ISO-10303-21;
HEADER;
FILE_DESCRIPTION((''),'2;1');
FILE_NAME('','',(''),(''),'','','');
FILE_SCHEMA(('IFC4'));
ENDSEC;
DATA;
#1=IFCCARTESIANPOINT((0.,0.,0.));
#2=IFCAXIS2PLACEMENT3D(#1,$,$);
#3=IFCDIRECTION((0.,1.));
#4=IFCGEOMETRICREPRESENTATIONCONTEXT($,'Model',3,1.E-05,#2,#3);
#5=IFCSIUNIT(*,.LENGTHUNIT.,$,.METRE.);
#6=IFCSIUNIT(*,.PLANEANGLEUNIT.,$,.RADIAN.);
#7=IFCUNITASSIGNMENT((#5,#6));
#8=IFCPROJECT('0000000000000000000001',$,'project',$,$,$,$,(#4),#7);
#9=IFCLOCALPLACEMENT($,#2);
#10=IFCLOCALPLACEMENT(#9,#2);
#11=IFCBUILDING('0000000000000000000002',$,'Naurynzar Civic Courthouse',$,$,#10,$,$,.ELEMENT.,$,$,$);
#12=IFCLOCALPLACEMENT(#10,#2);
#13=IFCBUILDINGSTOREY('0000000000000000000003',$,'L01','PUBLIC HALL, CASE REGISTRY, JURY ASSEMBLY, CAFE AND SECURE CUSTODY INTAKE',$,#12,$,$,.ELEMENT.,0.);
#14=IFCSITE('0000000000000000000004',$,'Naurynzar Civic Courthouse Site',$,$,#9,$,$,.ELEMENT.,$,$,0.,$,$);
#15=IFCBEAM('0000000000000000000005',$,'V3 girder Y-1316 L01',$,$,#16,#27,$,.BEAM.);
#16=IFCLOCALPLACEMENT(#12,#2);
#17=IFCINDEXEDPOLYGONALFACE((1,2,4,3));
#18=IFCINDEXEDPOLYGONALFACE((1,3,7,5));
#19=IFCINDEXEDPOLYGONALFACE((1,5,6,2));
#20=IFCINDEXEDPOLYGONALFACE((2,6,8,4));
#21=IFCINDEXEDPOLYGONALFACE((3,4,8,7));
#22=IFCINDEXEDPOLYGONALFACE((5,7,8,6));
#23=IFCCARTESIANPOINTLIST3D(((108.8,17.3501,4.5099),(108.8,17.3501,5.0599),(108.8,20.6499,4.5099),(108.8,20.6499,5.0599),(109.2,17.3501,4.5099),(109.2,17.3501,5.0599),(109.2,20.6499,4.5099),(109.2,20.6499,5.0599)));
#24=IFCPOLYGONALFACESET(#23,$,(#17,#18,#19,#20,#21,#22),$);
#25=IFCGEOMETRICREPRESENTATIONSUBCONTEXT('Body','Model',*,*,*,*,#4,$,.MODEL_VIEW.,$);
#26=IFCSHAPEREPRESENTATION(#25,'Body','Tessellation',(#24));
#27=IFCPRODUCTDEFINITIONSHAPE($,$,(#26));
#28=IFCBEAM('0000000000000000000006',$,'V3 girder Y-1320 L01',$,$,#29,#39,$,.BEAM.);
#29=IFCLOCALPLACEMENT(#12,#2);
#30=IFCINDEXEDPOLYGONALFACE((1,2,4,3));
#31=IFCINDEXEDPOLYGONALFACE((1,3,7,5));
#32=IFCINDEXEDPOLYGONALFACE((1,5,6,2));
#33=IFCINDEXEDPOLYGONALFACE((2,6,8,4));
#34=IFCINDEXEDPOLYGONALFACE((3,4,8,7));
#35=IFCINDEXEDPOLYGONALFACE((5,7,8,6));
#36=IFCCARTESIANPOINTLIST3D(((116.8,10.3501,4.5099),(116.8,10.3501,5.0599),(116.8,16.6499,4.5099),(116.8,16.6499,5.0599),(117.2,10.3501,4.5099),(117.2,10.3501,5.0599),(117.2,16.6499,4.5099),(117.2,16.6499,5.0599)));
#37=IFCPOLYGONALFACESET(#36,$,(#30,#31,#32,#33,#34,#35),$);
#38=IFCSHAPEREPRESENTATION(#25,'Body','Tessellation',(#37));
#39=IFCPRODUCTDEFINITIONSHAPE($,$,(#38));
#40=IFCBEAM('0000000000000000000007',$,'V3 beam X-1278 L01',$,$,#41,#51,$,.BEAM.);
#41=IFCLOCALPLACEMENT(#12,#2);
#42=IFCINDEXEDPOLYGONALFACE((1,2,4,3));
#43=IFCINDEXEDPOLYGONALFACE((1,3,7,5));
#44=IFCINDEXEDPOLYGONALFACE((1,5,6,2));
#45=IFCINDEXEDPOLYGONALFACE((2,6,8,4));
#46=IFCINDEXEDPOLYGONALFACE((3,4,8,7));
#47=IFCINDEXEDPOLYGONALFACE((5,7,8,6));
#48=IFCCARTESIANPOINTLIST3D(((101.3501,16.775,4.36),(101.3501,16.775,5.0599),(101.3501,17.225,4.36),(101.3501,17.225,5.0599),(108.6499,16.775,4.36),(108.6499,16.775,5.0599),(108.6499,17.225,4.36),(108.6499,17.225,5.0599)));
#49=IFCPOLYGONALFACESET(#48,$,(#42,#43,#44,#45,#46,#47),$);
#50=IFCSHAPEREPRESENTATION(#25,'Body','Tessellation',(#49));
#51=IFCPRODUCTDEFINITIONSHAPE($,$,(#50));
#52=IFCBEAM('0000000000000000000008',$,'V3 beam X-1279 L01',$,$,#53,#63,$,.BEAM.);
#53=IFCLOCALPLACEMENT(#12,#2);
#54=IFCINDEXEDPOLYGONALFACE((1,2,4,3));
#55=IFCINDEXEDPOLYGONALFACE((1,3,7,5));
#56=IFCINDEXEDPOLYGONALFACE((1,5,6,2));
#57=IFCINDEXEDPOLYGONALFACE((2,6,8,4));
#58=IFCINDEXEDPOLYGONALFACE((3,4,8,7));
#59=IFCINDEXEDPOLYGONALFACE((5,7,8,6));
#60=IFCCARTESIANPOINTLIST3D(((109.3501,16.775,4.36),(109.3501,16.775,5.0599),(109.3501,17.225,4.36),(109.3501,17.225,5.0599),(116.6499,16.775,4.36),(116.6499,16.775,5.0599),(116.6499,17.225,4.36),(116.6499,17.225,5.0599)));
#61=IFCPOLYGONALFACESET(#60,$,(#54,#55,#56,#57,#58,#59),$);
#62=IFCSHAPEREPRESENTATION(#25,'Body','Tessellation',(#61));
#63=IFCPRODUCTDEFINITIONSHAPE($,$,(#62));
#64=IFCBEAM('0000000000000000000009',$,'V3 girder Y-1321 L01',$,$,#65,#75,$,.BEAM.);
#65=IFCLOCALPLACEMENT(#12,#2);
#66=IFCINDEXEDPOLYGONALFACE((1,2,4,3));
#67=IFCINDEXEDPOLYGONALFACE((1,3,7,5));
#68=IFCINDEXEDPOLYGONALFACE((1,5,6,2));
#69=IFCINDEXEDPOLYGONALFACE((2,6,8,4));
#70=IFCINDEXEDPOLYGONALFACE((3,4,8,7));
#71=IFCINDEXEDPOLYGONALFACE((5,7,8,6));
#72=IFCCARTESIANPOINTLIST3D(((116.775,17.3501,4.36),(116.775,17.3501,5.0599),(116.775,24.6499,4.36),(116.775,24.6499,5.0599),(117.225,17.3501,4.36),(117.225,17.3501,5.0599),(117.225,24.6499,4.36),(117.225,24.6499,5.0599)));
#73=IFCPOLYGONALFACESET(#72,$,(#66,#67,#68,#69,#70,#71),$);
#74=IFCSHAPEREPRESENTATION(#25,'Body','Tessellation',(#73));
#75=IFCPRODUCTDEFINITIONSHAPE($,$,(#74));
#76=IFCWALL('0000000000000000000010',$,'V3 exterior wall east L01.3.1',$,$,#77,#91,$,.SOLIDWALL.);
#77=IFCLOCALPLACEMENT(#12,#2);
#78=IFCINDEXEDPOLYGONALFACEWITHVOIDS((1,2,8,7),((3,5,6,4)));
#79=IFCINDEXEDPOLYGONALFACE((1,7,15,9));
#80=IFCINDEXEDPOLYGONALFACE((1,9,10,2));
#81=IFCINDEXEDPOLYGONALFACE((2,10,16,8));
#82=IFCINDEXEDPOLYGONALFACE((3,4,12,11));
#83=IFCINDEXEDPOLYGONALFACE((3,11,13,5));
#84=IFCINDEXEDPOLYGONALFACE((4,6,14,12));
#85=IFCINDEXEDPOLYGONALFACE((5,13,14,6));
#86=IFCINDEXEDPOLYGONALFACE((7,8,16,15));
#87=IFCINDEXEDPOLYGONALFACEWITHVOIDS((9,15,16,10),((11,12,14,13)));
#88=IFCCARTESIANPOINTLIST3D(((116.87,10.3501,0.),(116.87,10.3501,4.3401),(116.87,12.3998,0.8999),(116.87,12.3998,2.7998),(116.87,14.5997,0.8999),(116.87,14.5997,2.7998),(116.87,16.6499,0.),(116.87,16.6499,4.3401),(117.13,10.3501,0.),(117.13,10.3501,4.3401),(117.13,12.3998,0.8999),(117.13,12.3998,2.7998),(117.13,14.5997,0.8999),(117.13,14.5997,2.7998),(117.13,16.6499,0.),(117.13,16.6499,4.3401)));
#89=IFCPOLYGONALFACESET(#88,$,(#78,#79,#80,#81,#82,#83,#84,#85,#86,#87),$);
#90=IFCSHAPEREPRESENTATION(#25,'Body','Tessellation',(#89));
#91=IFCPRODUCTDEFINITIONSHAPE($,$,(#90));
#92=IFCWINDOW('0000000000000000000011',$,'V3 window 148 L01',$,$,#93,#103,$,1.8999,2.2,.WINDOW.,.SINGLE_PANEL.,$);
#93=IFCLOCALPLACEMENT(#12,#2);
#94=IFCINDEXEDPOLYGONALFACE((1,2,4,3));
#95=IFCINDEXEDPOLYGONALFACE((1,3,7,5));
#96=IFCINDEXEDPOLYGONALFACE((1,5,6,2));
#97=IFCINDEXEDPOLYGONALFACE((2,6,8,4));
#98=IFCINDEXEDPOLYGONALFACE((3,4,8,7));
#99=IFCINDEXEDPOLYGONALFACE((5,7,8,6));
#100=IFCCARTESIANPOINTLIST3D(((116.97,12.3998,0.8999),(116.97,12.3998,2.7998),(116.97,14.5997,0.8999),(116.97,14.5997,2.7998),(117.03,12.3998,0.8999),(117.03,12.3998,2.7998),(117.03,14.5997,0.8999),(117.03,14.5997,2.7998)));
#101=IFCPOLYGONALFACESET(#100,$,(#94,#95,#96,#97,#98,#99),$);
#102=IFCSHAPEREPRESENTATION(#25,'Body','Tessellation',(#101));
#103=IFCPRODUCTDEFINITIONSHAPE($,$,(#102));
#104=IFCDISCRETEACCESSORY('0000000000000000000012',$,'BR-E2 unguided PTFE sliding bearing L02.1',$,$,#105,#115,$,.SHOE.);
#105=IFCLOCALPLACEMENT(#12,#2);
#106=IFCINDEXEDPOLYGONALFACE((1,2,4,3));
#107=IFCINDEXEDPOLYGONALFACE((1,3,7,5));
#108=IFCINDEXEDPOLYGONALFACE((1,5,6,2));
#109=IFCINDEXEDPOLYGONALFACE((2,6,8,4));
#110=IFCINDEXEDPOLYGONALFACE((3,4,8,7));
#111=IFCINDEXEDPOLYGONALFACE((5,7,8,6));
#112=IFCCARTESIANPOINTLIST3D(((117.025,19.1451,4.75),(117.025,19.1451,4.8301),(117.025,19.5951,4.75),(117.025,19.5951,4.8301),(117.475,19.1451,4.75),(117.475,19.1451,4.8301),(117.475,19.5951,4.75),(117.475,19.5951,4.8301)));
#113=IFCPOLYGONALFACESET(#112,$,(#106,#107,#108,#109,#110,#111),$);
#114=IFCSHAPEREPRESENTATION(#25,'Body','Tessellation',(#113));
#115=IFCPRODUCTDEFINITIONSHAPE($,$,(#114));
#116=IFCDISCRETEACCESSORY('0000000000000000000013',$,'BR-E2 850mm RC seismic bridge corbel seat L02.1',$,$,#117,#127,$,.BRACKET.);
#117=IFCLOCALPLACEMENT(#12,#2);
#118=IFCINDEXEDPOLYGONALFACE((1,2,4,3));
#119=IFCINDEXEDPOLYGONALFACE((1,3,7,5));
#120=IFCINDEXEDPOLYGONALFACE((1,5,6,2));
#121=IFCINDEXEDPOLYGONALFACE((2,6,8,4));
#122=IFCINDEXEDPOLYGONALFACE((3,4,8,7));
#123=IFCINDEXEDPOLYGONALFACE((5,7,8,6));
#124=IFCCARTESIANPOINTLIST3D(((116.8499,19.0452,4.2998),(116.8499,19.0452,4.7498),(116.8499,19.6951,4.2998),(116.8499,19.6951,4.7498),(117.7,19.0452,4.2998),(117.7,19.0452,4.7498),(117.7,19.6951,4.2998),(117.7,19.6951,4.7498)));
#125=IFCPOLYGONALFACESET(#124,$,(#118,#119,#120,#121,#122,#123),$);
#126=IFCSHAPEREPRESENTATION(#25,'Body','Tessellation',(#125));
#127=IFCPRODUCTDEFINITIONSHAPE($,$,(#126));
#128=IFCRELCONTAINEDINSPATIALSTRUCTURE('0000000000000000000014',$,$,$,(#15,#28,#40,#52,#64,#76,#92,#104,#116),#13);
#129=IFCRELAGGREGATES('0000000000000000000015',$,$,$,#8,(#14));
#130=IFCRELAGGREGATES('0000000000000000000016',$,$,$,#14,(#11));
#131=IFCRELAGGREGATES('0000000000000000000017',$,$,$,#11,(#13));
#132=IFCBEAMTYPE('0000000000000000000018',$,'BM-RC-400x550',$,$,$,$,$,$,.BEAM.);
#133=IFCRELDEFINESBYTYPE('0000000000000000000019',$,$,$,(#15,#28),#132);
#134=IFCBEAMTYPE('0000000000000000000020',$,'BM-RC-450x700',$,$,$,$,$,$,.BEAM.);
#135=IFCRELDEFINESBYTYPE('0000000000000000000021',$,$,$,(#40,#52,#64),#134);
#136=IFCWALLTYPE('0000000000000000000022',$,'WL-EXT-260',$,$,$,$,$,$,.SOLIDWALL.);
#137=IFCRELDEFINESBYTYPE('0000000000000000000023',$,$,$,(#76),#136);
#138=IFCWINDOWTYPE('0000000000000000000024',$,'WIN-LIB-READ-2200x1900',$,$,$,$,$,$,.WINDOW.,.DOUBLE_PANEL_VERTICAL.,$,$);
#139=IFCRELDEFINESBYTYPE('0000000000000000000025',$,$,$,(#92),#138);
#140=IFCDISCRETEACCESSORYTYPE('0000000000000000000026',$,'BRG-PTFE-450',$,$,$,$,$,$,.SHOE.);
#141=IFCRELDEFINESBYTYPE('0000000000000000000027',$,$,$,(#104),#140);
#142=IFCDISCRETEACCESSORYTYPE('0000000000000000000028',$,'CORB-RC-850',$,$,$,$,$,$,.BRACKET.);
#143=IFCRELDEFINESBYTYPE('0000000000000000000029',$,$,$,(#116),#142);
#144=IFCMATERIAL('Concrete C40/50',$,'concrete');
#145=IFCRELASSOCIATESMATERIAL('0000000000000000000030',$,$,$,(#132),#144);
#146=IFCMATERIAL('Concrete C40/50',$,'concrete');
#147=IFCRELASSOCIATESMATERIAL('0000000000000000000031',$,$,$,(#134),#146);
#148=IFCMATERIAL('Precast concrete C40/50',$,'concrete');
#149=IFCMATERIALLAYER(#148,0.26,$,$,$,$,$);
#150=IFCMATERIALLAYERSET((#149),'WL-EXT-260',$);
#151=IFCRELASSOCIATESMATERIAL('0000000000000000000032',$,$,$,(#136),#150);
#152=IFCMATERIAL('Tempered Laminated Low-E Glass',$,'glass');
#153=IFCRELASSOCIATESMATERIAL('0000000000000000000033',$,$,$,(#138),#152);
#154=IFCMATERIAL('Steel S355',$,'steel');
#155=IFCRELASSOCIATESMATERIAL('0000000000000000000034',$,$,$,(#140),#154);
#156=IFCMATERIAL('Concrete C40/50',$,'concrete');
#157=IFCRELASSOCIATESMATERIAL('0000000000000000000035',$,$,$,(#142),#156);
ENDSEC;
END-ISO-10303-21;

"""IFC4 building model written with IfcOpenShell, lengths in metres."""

from ifc_helpers import new_model, si_unit, direction, frame, frame_2d, origin, origin_2d, place, context, subcontext, project, spatial, rectangle, extrude, material, layer, layer_set, material_profile, profile_set, type_object, element, fill, save


model = new_model("IFC4")

# Units and contexts
model_context = context("Model", 3, precision=1e-05, world=origin(), true_north=direction((0.0, 1.0)))
body_context = subcontext(model_context, "Body", "Model", "MODEL_VIEW")
ifc_project = project(units=[si_unit("LENGTHUNIT", "METRE"), si_unit("PLANEANGLEUNIT", "RADIAN")], contexts=[model_context])

# Site, building, storey
site_placement = place(None, origin())
site = spatial("IfcSite", under=ifc_project, at=site_placement, Name="Naurynzar Civic Courthouse Site", CompositionType="ELEMENT", RefElevation=0.0)
building_placement = place(site_placement, origin())
building = spatial("IfcBuilding", under=site, at=building_placement, Name="Naurynzar Civic Courthouse", CompositionType="ELEMENT")
storey_placement = place(building_placement, origin())
storey = spatial("IfcBuildingStorey", under=building, at=storey_placement, Name="L01", Description="PUBLIC HALL, CASE REGISTRY, JURY ASSEMBLY, CAFE AND SECURE CUSTODY INTAKE", CompositionType="ELEMENT", Elevation=0.0)

# Beams
ifc_material_1 = material(Name="Concrete C40/50", Category="concrete")
ifc_material_profile_1 = material_profile(ifc_material_1, rectangle(XDim=0.3999, YDim=0.55, at=origin_2d()), Name="RCB 400x550")
ifc_profile_set_1 = profile_set([ifc_material_profile_1], Name="Concrete C40/50")
beam_type_1 = type_object("IfcBeamType", Name="BM-RC-400x550", PredefinedType="BEAM", material=ifc_profile_set_1)
for number, where, z_axis, x_axis, name in (
    (1, (109.0, 17.3501, 4.7849), (0.0, 1.0, 0.0), (-1.0, 0.0, 0.0), "V3 girder Y-1316 L01"),
):
    element("IfcBeam", number, at=place(storey_placement, frame(where, z_axis=z_axis, x_axis=x_axis)), inside=storey, type_object=beam_type_1, Name=name, PredefinedType="BEAM", context=body_context, shape_type="SweptSolid", body=[
        extrude(rectangle(XDim=0.3999, YDim=0.55, at=origin_2d()), origin(), (0.0, 0.0, 1.0), 3.2998),
    ])
beam_1_placement = place(storey_placement, frame((117.0, 10.3501, 4.7849), z_axis=(0.0, 1.0, 0.0), x_axis=(-1.0, 0.0, 0.0)))
element("IfcBeam", 2, at=beam_1_placement, inside=storey, type_object=beam_type_1, Name="V3 girder Y-1320 L01", PredefinedType="BEAM", context=body_context, shape_type="SweptSolid", body=[
    extrude(rectangle(XDim=0.3999, YDim=0.55, at=origin_2d()), origin(), (0.0, 0.0, 1.0), 6.2998),
])
ifc_material_2 = material(Name="Concrete C40/50", Category="concrete")
ifc_material_profile_2 = material_profile(ifc_material_2, rectangle(XDim=0.45, YDim=0.7, at=origin_2d()), Name="RCB 450x700")
ifc_profile_set_2 = profile_set([ifc_material_profile_2], Name="Concrete C40/50")
beam_type_2 = type_object("IfcBeamType", Name="BM-RC-450x700", PredefinedType="BEAM", material=ifc_profile_set_2)
for number, where, z_axis, x_axis, name in (
    (3, (101.3501, 17.0, 4.71), (1.0, 0.0, 0.0), (0.0, 1.0, 0.0), "V3 beam X-1278 L01"),
    (4, (109.3501, 17.0, 4.71), (1.0, 0.0, 0.0), (0.0, 1.0, 0.0), "V3 beam X-1279 L01"),
    (5, (117.0, 17.3501, 4.71), (0.0, 1.0, 0.0), (-1.0, 0.0, 0.0), "V3 girder Y-1321 L01"),
):
    element("IfcBeam", number, at=place(storey_placement, frame(where, z_axis=z_axis, x_axis=x_axis)), inside=storey, type_object=beam_type_2, Name=name, PredefinedType="BEAM", context=body_context, shape_type="SweptSolid", body=[
        extrude(rectangle(XDim=0.45, YDim=0.7, at=origin_2d()), origin(), (0.0, 0.0, 1.0), 7.2998),
    ])

# Wall, opening, window
ifc_material_3 = material(Name="Precast concrete C40/50", Category="concrete")
ifc_layer = layer(ifc_material_3, 0.26)
ifc_layer_set = layer_set([ifc_layer], Name="WL-EXT-260")
wall_type = type_object("IfcWallType", Name="WL-EXT-260", PredefinedType="SOLIDWALL", material=ifc_layer_set)
wall_placement = place(storey_placement, frame((117.0, 16.6499, 0.0), z_axis=(0.0, 0.0, 1.0), x_axis=(0.0, -1.0, 0.0)))
wall = element("IfcWall", 6, at=wall_placement, inside=storey, type_object=wall_type, Name="V3 exterior wall east L01.3.1", PredefinedType="SOLIDWALL", context=body_context, shape_type="SweptSolid", body=[
    extrude(rectangle(XDim=6.2998, YDim=0.26, at=frame_2d((3.1499, 0.0))), origin(), (0.0, 0.0, 1.0), 4.3401),
])
opening_placement = place(wall_placement, frame((2.05, 0.0, 0.8999)))
opening = element("IfcOpeningElement", 7, at=opening_placement, cuts=wall, PredefinedType="OPENING", context=body_context, shape_type="SweptSolid", body=[
    extrude(rectangle(XDim=2.2, YDim=1.8999, at=frame_2d((1.1001, 0.95))), frame((0.0, 0.1399, 0.0), z_axis=(0.0, -1.0, 0.0), x_axis=(1.0, 0.0, 0.0)), (0.0, 0.0, 1.0), 0.28),
])
ifc_material_4 = material(Name="Tempered Laminated Low-E Glass", Category="glass")
window_type = type_object("IfcWindowType", Name="WIN-LIB-READ-2200x1900", PartitioningType="DOUBLE_PANEL_VERTICAL", PredefinedType="WINDOW", material=ifc_material_4)
window_placement = place(opening_placement, origin())
window = element("IfcWindow", 8, at=window_placement, inside=storey, type_object=window_type, Name="V3 window 148 L01", OverallHeight=1.8999, OverallWidth=2.2, PartitioningType="SINGLE_PANEL", PredefinedType="WINDOW", context=body_context, shape_type="SweptSolid", body=[
    extrude(rectangle(XDim=2.2, YDim=1.8999, at=frame_2d((1.1001, 0.95))), frame((0.0, 0.03, 0.0), z_axis=(0.0, -1.0, 0.0), x_axis=(1.0, 0.0, 0.0)), (0.0, 0.0, 1.0), 0.0601),
])
fill(opening, window)

# Discrete accessories
ifc_material_5 = material(Name="Steel S355", Category="steel")
discrete_accessory_type_1 = type_object("IfcDiscreteAccessoryType", Name="BRG-PTFE-450", PredefinedType="SHOE", material=ifc_material_5)
discrete_accessory_1_placement = place(storey_placement, frame((117.25, 19.3701, 4.75), z_axis=(0.0, 0.0, 1.0), x_axis=(1.0, 0.0, 0.0)))
element("IfcDiscreteAccessory", 9, at=discrete_accessory_1_placement, inside=storey, type_object=discrete_accessory_type_1, Name="BR-E2 unguided PTFE sliding bearing L02.1", PredefinedType="SHOE", context=body_context, shape_type="SweptSolid", body=[
    extrude(rectangle(XDim=0.45, YDim=0.45, at=origin_2d()), origin(), (0.0, 0.0, 1.0), 0.0801),
])
ifc_material_6 = material(Name="Concrete C40/50", Category="concrete")
discrete_accessory_type_2 = type_object("IfcDiscreteAccessoryType", Name="CORB-RC-850", PredefinedType="BRACKET", material=ifc_material_6)
discrete_accessory_2_placement = place(storey_placement, frame((117.2749, 19.3701, 4.2998), z_axis=(0.0, 0.0, 1.0), x_axis=(1.0, 0.0, 0.0)))
element("IfcDiscreteAccessory", 10, at=discrete_accessory_2_placement, inside=storey, type_object=discrete_accessory_type_2, Name="BR-E2 850mm RC seismic bridge corbel seat L02.1", PredefinedType="BRACKET", context=body_context, shape_type="SweptSolid", body=[
    extrude(rectangle(XDim=0.8501, YDim=0.6499, at=origin_2d()), origin(), (0.0, 0.0, 1.0), 0.45),
])

save(model, "model.ifc")
